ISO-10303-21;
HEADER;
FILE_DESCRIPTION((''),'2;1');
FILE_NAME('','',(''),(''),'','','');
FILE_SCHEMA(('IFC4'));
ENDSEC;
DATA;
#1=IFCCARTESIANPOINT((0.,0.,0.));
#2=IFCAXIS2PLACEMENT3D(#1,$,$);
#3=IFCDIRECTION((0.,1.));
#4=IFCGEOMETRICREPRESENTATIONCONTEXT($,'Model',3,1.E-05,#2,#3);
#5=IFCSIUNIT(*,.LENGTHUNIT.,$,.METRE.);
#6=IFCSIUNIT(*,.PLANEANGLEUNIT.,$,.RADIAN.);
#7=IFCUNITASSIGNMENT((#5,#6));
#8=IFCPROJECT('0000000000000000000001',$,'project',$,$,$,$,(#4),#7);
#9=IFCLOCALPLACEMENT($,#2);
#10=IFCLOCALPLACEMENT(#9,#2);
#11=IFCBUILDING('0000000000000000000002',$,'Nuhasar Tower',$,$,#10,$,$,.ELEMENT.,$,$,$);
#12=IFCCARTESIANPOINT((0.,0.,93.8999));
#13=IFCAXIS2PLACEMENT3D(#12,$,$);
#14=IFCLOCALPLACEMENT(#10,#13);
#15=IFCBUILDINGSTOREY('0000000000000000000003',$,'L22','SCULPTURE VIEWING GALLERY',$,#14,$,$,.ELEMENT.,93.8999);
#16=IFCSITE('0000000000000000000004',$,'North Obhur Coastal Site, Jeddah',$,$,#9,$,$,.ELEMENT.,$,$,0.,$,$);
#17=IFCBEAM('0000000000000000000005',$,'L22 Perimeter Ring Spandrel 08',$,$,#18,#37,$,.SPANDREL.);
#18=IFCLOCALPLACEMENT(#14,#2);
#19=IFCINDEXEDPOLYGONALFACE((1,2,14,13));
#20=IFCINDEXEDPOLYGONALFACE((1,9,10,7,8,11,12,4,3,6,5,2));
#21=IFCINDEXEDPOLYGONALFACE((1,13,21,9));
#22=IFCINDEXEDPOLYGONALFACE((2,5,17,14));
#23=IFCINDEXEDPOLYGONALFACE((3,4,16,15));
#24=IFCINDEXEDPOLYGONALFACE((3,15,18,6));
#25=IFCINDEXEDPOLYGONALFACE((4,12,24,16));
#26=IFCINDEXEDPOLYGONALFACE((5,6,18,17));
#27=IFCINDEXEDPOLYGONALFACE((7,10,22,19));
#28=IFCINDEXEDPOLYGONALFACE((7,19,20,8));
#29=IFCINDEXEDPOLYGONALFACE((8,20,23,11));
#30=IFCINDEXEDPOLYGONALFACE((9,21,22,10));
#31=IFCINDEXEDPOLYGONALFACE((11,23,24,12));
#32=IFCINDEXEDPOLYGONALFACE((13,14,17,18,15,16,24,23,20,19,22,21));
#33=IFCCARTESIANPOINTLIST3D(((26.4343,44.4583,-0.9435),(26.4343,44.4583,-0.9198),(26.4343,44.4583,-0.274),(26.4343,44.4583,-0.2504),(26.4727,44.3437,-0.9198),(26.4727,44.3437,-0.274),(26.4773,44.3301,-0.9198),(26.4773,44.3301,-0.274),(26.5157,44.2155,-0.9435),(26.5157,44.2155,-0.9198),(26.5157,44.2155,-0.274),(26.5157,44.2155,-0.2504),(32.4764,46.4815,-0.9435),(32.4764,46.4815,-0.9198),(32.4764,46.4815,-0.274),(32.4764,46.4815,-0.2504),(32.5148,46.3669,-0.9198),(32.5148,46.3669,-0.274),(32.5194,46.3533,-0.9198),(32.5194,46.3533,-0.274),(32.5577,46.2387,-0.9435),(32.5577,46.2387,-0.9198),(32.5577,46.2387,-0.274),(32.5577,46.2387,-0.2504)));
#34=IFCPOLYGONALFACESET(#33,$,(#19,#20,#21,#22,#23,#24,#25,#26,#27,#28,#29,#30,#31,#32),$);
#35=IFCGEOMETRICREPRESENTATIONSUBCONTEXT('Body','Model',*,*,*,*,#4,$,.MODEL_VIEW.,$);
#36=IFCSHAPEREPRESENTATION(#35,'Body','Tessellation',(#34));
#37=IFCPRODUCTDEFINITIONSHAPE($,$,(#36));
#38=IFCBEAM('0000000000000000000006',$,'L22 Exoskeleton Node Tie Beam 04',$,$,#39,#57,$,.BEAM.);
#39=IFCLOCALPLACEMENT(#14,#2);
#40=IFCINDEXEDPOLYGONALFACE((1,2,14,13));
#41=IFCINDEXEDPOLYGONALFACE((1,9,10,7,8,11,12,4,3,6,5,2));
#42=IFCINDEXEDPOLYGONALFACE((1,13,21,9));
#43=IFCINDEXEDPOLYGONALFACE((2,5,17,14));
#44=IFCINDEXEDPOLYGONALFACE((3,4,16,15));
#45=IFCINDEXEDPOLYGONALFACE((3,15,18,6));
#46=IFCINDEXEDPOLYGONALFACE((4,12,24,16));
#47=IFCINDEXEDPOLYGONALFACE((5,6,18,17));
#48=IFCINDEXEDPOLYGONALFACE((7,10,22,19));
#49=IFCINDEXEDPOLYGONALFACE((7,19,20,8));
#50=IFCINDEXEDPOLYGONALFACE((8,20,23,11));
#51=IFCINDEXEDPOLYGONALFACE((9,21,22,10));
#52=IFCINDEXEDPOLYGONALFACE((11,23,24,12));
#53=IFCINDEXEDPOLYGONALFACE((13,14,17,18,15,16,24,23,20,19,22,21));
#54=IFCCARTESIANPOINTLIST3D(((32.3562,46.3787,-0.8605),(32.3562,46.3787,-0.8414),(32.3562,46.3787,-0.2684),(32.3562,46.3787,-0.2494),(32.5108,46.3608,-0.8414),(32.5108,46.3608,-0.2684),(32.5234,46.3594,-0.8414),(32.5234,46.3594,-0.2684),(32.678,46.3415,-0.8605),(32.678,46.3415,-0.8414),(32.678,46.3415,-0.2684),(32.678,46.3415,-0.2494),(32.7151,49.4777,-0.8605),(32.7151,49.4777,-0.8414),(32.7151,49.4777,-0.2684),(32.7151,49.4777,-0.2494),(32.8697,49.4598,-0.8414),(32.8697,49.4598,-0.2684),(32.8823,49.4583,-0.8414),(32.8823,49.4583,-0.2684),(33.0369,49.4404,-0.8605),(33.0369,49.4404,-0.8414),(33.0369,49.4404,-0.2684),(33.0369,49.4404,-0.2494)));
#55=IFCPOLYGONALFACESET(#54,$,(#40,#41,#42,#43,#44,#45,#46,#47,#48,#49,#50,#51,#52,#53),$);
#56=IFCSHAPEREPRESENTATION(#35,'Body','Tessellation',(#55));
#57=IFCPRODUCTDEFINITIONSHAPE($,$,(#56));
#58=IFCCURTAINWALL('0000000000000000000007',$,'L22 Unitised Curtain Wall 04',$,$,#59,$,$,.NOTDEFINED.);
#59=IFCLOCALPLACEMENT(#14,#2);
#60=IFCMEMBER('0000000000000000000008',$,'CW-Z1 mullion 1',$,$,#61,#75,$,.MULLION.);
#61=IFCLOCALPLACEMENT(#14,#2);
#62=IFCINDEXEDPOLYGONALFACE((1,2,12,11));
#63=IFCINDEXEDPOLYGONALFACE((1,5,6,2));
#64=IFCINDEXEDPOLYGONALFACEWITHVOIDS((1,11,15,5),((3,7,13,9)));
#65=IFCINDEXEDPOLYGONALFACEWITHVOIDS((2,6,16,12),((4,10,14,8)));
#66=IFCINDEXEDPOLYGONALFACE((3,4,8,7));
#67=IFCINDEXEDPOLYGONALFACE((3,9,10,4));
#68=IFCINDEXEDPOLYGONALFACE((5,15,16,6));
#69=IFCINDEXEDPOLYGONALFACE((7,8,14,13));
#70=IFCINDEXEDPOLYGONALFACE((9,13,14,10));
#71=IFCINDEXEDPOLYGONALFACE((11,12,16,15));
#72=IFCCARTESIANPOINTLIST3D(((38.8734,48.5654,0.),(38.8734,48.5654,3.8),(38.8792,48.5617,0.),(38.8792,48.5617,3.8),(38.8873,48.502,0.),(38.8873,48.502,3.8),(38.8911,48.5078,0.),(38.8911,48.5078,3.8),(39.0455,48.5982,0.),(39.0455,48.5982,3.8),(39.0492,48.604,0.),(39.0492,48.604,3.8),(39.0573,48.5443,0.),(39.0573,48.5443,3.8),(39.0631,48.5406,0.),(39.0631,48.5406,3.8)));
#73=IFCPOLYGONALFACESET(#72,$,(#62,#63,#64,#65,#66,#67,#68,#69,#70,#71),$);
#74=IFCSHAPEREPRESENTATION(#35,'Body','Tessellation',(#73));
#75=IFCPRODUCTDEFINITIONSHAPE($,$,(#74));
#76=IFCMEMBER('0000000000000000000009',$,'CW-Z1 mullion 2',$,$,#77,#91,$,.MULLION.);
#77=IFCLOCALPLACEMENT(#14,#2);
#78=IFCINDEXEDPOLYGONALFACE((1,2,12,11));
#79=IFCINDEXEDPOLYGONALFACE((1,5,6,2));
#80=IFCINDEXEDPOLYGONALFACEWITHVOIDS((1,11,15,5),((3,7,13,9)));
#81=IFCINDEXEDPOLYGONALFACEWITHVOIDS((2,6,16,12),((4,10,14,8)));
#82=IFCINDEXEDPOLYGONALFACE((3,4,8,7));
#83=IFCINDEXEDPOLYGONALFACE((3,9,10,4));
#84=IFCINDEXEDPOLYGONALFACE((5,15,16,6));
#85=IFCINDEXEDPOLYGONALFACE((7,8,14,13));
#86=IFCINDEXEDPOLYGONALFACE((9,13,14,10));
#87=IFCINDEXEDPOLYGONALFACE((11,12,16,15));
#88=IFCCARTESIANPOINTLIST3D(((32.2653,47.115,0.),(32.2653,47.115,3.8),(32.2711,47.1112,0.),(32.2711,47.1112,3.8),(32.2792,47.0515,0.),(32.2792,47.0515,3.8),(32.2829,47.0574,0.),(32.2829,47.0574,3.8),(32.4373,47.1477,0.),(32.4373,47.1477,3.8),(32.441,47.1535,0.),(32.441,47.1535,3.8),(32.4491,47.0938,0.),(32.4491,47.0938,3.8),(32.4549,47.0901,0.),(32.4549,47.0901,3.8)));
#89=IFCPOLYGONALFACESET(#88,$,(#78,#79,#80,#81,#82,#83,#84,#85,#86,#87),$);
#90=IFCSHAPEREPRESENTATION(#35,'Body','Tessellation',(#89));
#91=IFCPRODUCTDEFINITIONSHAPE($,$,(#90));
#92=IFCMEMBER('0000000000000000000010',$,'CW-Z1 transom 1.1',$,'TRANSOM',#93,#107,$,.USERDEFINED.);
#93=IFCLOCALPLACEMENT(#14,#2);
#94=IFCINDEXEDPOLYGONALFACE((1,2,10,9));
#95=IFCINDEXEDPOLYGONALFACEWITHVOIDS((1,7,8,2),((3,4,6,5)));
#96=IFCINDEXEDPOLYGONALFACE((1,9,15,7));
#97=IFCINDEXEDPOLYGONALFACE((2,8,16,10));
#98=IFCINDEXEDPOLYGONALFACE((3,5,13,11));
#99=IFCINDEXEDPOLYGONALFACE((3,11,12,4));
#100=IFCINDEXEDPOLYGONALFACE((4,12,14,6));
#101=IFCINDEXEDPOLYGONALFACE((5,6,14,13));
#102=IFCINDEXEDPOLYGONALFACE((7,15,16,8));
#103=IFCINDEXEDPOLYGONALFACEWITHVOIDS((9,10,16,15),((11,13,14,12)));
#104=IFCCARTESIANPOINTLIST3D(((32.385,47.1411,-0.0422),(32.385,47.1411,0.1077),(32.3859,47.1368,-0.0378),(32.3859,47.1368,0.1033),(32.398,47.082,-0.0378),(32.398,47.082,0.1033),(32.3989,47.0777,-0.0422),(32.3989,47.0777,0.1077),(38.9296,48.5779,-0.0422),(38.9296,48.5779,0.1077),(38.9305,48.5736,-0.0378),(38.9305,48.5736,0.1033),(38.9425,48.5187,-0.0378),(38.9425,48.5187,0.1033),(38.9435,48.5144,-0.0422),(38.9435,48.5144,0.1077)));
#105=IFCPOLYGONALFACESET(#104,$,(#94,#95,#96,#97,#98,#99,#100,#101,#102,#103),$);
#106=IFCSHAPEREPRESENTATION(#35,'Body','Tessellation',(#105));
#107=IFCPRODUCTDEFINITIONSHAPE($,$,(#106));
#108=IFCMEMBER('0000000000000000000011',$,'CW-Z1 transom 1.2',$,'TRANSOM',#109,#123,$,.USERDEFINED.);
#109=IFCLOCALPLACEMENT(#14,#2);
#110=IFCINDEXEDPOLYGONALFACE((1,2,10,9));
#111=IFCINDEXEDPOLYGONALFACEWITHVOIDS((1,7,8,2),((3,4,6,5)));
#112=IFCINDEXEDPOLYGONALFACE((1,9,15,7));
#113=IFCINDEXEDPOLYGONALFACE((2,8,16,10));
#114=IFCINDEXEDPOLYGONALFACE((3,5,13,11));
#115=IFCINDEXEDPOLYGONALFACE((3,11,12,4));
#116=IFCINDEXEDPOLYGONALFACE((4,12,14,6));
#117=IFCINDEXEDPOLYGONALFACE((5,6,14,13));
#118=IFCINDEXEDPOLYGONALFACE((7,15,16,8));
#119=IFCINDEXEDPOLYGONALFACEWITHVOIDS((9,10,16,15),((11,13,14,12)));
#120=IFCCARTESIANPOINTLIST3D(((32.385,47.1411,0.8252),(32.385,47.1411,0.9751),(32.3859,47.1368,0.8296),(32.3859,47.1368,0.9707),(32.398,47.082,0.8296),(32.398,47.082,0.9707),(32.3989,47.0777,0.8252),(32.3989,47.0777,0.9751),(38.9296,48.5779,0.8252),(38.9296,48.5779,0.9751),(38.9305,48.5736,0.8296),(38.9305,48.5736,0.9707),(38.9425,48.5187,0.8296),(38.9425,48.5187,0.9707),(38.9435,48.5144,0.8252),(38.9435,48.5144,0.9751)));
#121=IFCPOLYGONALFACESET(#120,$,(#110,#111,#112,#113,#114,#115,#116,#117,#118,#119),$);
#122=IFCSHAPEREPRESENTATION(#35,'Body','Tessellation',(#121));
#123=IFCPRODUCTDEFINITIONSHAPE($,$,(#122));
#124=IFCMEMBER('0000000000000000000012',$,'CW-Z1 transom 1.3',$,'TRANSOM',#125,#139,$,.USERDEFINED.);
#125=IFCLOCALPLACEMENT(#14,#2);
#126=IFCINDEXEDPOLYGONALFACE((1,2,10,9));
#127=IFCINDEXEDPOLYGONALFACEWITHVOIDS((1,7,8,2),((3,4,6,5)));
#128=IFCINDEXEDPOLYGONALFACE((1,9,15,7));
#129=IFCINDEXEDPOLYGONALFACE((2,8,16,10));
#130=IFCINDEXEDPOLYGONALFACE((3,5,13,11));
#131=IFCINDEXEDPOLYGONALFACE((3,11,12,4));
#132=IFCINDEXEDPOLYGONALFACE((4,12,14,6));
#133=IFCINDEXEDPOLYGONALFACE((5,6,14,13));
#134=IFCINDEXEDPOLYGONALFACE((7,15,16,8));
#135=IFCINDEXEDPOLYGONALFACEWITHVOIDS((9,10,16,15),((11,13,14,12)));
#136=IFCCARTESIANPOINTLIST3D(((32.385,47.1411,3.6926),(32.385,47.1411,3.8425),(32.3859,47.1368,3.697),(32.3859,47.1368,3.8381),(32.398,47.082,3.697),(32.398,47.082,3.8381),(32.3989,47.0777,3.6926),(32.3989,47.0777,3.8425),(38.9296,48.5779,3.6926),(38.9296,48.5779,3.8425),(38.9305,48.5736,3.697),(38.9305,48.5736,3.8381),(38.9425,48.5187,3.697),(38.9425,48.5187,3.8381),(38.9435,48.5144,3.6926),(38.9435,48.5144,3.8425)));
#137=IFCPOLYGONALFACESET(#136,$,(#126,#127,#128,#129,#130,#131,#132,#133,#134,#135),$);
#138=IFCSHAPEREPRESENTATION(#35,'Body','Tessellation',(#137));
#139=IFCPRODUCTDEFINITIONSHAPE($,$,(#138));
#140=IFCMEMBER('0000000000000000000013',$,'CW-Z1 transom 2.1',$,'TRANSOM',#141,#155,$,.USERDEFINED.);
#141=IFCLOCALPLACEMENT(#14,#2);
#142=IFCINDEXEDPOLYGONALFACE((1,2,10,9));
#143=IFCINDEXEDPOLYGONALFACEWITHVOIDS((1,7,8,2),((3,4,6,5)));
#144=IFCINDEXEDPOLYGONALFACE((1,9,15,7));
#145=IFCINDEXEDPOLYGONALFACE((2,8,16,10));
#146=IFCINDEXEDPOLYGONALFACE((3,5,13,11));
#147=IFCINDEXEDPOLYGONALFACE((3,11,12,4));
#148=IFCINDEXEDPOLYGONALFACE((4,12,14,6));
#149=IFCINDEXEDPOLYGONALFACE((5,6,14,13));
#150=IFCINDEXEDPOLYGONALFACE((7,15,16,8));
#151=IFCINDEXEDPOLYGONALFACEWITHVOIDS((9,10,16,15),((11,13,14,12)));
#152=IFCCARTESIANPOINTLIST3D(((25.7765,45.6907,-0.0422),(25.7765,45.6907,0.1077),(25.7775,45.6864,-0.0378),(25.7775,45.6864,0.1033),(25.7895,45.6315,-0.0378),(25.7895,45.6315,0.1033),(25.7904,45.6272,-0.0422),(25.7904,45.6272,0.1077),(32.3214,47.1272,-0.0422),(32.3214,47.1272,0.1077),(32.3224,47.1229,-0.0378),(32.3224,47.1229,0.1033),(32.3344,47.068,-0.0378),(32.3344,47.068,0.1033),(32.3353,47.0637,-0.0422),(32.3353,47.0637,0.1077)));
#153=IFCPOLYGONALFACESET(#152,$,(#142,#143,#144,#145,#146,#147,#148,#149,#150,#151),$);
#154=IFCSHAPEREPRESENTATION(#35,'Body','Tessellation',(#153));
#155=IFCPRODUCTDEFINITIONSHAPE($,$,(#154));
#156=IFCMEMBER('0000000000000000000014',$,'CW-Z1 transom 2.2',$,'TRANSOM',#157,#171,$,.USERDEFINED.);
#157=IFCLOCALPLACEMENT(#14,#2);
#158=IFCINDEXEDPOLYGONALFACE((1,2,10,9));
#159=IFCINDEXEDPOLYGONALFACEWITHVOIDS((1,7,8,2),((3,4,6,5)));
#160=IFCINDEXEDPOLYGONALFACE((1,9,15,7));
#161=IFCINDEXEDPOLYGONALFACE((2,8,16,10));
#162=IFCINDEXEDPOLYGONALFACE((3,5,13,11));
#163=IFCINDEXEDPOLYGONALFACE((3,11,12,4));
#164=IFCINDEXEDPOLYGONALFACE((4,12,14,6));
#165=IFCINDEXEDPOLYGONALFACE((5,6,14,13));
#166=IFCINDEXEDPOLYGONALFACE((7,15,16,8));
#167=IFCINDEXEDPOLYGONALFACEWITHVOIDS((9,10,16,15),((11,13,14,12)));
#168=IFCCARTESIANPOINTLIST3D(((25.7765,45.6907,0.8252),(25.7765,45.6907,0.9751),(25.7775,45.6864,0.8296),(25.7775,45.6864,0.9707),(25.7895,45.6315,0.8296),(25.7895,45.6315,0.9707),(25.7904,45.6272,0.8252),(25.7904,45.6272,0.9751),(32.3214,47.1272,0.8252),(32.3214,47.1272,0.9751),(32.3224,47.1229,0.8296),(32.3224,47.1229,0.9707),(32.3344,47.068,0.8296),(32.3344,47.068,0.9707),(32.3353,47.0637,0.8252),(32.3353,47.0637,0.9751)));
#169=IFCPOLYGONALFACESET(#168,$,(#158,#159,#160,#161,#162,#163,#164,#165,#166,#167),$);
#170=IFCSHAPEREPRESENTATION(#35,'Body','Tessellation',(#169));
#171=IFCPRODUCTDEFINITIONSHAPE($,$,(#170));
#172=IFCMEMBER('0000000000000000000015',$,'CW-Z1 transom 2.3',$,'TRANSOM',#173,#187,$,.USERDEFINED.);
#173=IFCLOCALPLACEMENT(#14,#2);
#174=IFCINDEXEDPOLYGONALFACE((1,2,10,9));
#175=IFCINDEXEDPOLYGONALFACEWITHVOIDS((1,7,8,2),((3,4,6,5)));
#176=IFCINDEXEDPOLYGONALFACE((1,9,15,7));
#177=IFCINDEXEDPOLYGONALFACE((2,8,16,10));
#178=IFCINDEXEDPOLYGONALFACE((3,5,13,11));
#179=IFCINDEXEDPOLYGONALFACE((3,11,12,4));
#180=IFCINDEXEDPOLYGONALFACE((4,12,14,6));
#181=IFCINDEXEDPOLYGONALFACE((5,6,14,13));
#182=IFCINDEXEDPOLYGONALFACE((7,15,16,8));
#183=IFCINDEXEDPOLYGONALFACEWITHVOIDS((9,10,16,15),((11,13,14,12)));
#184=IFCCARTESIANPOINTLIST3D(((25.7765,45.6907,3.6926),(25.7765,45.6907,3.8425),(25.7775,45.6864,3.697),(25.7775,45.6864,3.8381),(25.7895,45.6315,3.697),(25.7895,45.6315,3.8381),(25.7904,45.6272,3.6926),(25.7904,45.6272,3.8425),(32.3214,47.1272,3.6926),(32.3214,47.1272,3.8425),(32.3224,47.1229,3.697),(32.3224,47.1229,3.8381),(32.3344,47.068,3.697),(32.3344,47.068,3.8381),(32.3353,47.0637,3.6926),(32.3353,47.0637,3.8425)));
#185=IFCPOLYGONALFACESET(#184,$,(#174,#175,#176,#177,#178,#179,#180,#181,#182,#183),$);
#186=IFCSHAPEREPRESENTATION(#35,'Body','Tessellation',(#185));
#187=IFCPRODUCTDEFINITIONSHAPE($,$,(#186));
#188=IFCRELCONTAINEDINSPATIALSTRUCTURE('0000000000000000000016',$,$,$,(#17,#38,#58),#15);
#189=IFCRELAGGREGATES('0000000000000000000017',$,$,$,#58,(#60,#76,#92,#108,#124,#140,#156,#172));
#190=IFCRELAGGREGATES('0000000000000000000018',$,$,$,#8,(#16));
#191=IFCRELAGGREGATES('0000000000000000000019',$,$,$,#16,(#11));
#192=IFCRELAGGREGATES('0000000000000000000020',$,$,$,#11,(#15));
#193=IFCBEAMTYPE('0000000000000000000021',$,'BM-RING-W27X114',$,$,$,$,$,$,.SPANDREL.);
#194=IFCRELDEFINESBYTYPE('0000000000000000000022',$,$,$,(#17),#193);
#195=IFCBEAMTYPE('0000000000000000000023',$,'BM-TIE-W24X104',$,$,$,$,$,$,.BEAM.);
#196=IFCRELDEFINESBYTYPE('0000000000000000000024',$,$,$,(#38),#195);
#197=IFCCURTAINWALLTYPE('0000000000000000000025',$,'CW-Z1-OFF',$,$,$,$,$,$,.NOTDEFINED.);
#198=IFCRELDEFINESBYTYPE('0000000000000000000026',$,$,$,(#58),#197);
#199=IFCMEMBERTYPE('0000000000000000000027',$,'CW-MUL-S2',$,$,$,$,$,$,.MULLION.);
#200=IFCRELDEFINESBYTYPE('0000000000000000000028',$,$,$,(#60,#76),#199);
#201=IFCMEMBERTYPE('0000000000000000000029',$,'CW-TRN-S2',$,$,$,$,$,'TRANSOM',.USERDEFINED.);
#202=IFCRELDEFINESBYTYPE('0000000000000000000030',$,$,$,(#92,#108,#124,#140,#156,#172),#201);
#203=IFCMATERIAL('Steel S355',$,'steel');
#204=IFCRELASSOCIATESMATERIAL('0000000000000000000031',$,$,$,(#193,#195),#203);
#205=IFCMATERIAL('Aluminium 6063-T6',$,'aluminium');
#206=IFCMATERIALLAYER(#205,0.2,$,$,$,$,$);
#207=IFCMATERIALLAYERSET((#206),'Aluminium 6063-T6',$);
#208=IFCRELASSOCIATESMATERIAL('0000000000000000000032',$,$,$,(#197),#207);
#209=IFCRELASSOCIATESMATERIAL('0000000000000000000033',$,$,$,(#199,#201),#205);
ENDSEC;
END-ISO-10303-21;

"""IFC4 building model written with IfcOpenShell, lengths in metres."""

from ifc_helpers import new_model, si_unit, direction, frame, origin, origin_2d, place, context, subcontext, project, spatial, hollow_rectangle, i_section, extrude, material, layer, layer_set, material_profile, profile_set, type_object, element, aggregate, save


model = new_model("IFC4")

# Units and contexts
model_context = context("Model", 3, precision=1e-05, world=origin(), true_north=direction((0.0, 1.0)))
body_context = subcontext(model_context, "Body", "Model", "MODEL_VIEW")
ifc_project = project(units=[si_unit("LENGTHUNIT", "METRE"), si_unit("PLANEANGLEUNIT", "RADIAN")], contexts=[model_context])

# Site, building, storey
site_placement = place(None, origin())
site = spatial("IfcSite", under=ifc_project, at=site_placement, Name="North Obhur Coastal Site, Jeddah", CompositionType="ELEMENT", RefElevation=0.0)
building_placement = place(site_placement, origin())
building = spatial("IfcBuilding", under=site, at=building_placement, Name="Nuhasar Tower", CompositionType="ELEMENT")
storey_placement = place(building_placement, frame((0.0, 0.0, 93.8999)))
storey = spatial("IfcBuildingStorey", under=building, at=storey_placement, Name="L22", Description="SCULPTURE VIEWING GALLERY", CompositionType="ELEMENT", Elevation=93.8999)

# Beams
ifc_material_1 = material(Name="Steel S355", Category="steel")
ifc_material_profile_1 = material_profile(ifc_material_1, i_section(OverallWidth=0.2561, OverallDepth=0.6931, WebThickness=0.0144, FlangeThickness=0.0237, at=origin_2d()), Name="W27X114")
ifc_profile_set_1 = profile_set([ifc_material_profile_1], Name="Steel S355")
beam_type_1 = type_object("IfcBeamType", Name="BM-RING-W27X114", PredefinedType="SPANDREL", material=ifc_profile_set_1)
beam_1_placement = place(storey_placement, frame((32.5171, 46.3601, -0.5969), z_axis=(-0.948249, -0.317526, 0.0), x_axis=(0.317526, -0.948249, 0.0)))
element("IfcBeam", 1, at=beam_1_placement, inside=storey, type_object=beam_type_1, Name="L22 Perimeter Ring Spandrel 08", PredefinedType="SPANDREL", context=body_context, shape_type="SweptSolid", body=[
    extrude(i_section(OverallWidth=0.2561, OverallDepth=0.6931, WebThickness=0.0144, FlangeThickness=0.0237, at=origin_2d()), origin(), (0.0, 0.0, 1.0), 6.3718),
])
ifc_material_profile_2 = material_profile(ifc_material_1, i_section(OverallWidth=0.324, OverallDepth=0.6111, WebThickness=0.0127, FlangeThickness=0.019, at=origin_2d()), Name="W24X104")
ifc_profile_set_2 = profile_set([ifc_material_profile_2], Name="Steel S355")
beam_type_2 = type_object("IfcBeamType", Name="BM-TIE-W24X104", PredefinedType="BEAM", material=ifc_profile_set_2)
beam_2_placement = place(storey_placement, frame((32.5171, 46.3601, -0.5549), z_axis=(0.115043, 0.993361, 0.0), x_axis=(-0.993361, 0.115043, 0.0)))
element("IfcBeam", 2, at=beam_2_placement, inside=storey, type_object=beam_type_2, Name="L22 Exoskeleton Node Tie Beam 04", PredefinedType="BEAM", context=body_context, shape_type="SweptSolid", body=[
    extrude(i_section(OverallWidth=0.324, OverallDepth=0.6111, WebThickness=0.0127, FlangeThickness=0.019, at=origin_2d()), origin(), (0.0, 0.0, 1.0), 3.1196),
])

# Curtain wall, members
ifc_material_2 = material(Name="Aluminium 6063-T6", Category="aluminium")
ifc_layer_1 = layer(ifc_material_2, 0.2)
ifc_layer_set_1 = layer_set([ifc_layer_1], Name="Aluminium 6063-T6")
curtain_wall_type = type_object("IfcCurtainWallType", Name="CW-Z1-OFF", PredefinedType="NOTDEFINED", material=ifc_layer_set_1)
curtain_wall_placement = place(storey_placement, origin())
curtain_wall = element("IfcCurtainWall", 3, at=curtain_wall_placement, inside=storey, type_object=curtain_wall_type, Name="L22 Unitised Curtain Wall 04", PredefinedType="NOTDEFINED")
ifc_material_profile_3 = material_profile(ifc_material_2, hollow_rectangle(XDim=0.0649, YDim=0.1799, WallThickness=0.0049, at=origin_2d()), Name="CWM-2")
ifc_profile_set_3 = profile_set([ifc_material_profile_3], Name="Aluminium 6063-T6")
member_type_1 = type_object("IfcMemberType", Name="CW-MUL-S2", PredefinedType="MULLION", material=ifc_profile_set_3)
member_1_placement = place(storey_placement, frame((38.9683, 48.553, 0.0), z_axis=(0.0, 0.0, 1.0), x_axis=(0.214399, -0.976746, 0.0)))
member_1 = element("IfcMember", 4, at=member_1_placement, type_object=member_type_1, Name="CW-Z1 mullion 1", PredefinedType="MULLION", context=body_context, shape_type="SweptSolid", body=[
    extrude(hollow_rectangle(XDim=0.0649, YDim=0.1799, WallThickness=0.0049, at=origin_2d()), origin(), (0.0, 0.0, 1.0), 3.8),
])
member_2_placement = place(storey_placement, frame((32.3601, 47.1025, 0.0), z_axis=(0.0, 0.0, 1.0), x_axis=(0.214399, -0.976746, 0.0)))
member_2 = element("IfcMember", 5, at=member_2_placement, type_object=member_type_1, Name="CW-Z1 mullion 2", PredefinedType="MULLION", context=body_context, shape_type="SweptSolid", body=[
    extrude(hollow_rectangle(XDim=0.0649, YDim=0.1799, WallThickness=0.0049, at=origin_2d()), origin(), (0.0, 0.0, 1.0), 3.8),
])
ifc_material_profile_4 = material_profile(ifc_material_2, hollow_rectangle(XDim=0.0649, YDim=0.1499, WallThickness=0.0044, at=origin_2d()), Name="CWT-2")
ifc_profile_set_4 = profile_set([ifc_material_profile_4], Name="Aluminium 6063-T6")
member_type_2 = type_object("IfcMemberType", Name="CW-TRN-S2", ElementType="TRANSOM", PredefinedType="USERDEFINED", material=ifc_profile_set_4)
member_3_placement = place(storey_placement, frame((38.9365, 48.5461, 0.0327), z_axis=(-0.97674, -0.214426, 0.0), x_axis=(0.214426, -0.97674, 0.0)))
member_3 = element("IfcMember", 6, at=member_3_placement, type_object=member_type_2, Name="CW-Z1 transom 1.1", ObjectType="TRANSOM", PredefinedType="USERDEFINED", context=body_context, shape_type="SweptSolid", body=[
    extrude(hollow_rectangle(XDim=0.0649, YDim=0.1499, WallThickness=0.0044, at=origin_2d()), origin(), (0.0, 0.0, 1.0), 6.7004),
])
member_4_placement = place(storey_placement, frame((38.9365, 48.5461, 0.9001), z_axis=(-0.97674, -0.214426, 0.0), x_axis=(0.214426, -0.97674, 0.0)))
member_4 = element("IfcMember", 7, at=member_4_placement, type_object=member_type_2, Name="CW-Z1 transom 1.2", ObjectType="TRANSOM", PredefinedType="USERDEFINED", context=body_context, shape_type="SweptSolid", body=[
    extrude(hollow_rectangle(XDim=0.0649, YDim=0.1499, WallThickness=0.0044, at=origin_2d()), origin(), (0.0, 0.0, 1.0), 6.7004),
])
member_5_placement = place(storey_placement, frame((38.9365, 48.5461, 3.7676), z_axis=(-0.97674, -0.214426, 0.0), x_axis=(0.214426, -0.97674, 0.0)))
member_5 = element("IfcMember", 8, at=member_5_placement, type_object=member_type_2, Name="CW-Z1 transom 1.3", ObjectType="TRANSOM", PredefinedType="USERDEFINED", context=body_context, shape_type="SweptSolid", body=[
    extrude(hollow_rectangle(XDim=0.0649, YDim=0.1499, WallThickness=0.0044, at=origin_2d()), origin(), (0.0, 0.0, 1.0), 6.7004),
])
member_6_placement = place(storey_placement, frame((32.3284, 47.0955, 0.0327), z_axis=(-0.97675, -0.214384, 0.0), x_axis=(0.214384, -0.97675, 0.0)))
member_6 = element("IfcMember", 9, at=member_6_placement, type_object=member_type_2, Name="CW-Z1 transom 2.1", ObjectType="TRANSOM", PredefinedType="USERDEFINED", context=body_context, shape_type="SweptSolid", body=[
    extrude(hollow_rectangle(XDim=0.0649, YDim=0.1499, WallThickness=0.0044, at=origin_2d()), origin(), (0.0, 0.0, 1.0), 6.7007),
])
member_7_placement = place(storey_placement, frame((32.3284, 47.0955, 0.9001), z_axis=(-0.97675, -0.214384, 0.0), x_axis=(0.214384, -0.97675, 0.0)))
member_7 = element("IfcMember", 10, at=member_7_placement, type_object=member_type_2, Name="CW-Z1 transom 2.2", ObjectType="TRANSOM", PredefinedType="USERDEFINED", context=body_context, shape_type="SweptSolid", body=[
    extrude(hollow_rectangle(XDim=0.0649, YDim=0.1499, WallThickness=0.0044, at=origin_2d()), origin(), (0.0, 0.0, 1.0), 6.7007),
])
member_8_placement = place(storey_placement, frame((32.3284, 47.0955, 3.7676), z_axis=(-0.97675, -0.214384, 0.0), x_axis=(0.214384, -0.97675, 0.0)))
member_8 = element("IfcMember", 11, at=member_8_placement, type_object=member_type_2, Name="CW-Z1 transom 2.3", ObjectType="TRANSOM", PredefinedType="USERDEFINED", context=body_context, shape_type="SweptSolid", body=[
    extrude(hollow_rectangle(XDim=0.0649, YDim=0.1499, WallThickness=0.0044, at=origin_2d()), origin(), (0.0, 0.0, 1.0), 6.7007),
])

aggregate(curtain_wall, [member_1, member_2, member_3, member_4, member_5, member_6, member_7, member_8])

save(model, "model.ifc")
